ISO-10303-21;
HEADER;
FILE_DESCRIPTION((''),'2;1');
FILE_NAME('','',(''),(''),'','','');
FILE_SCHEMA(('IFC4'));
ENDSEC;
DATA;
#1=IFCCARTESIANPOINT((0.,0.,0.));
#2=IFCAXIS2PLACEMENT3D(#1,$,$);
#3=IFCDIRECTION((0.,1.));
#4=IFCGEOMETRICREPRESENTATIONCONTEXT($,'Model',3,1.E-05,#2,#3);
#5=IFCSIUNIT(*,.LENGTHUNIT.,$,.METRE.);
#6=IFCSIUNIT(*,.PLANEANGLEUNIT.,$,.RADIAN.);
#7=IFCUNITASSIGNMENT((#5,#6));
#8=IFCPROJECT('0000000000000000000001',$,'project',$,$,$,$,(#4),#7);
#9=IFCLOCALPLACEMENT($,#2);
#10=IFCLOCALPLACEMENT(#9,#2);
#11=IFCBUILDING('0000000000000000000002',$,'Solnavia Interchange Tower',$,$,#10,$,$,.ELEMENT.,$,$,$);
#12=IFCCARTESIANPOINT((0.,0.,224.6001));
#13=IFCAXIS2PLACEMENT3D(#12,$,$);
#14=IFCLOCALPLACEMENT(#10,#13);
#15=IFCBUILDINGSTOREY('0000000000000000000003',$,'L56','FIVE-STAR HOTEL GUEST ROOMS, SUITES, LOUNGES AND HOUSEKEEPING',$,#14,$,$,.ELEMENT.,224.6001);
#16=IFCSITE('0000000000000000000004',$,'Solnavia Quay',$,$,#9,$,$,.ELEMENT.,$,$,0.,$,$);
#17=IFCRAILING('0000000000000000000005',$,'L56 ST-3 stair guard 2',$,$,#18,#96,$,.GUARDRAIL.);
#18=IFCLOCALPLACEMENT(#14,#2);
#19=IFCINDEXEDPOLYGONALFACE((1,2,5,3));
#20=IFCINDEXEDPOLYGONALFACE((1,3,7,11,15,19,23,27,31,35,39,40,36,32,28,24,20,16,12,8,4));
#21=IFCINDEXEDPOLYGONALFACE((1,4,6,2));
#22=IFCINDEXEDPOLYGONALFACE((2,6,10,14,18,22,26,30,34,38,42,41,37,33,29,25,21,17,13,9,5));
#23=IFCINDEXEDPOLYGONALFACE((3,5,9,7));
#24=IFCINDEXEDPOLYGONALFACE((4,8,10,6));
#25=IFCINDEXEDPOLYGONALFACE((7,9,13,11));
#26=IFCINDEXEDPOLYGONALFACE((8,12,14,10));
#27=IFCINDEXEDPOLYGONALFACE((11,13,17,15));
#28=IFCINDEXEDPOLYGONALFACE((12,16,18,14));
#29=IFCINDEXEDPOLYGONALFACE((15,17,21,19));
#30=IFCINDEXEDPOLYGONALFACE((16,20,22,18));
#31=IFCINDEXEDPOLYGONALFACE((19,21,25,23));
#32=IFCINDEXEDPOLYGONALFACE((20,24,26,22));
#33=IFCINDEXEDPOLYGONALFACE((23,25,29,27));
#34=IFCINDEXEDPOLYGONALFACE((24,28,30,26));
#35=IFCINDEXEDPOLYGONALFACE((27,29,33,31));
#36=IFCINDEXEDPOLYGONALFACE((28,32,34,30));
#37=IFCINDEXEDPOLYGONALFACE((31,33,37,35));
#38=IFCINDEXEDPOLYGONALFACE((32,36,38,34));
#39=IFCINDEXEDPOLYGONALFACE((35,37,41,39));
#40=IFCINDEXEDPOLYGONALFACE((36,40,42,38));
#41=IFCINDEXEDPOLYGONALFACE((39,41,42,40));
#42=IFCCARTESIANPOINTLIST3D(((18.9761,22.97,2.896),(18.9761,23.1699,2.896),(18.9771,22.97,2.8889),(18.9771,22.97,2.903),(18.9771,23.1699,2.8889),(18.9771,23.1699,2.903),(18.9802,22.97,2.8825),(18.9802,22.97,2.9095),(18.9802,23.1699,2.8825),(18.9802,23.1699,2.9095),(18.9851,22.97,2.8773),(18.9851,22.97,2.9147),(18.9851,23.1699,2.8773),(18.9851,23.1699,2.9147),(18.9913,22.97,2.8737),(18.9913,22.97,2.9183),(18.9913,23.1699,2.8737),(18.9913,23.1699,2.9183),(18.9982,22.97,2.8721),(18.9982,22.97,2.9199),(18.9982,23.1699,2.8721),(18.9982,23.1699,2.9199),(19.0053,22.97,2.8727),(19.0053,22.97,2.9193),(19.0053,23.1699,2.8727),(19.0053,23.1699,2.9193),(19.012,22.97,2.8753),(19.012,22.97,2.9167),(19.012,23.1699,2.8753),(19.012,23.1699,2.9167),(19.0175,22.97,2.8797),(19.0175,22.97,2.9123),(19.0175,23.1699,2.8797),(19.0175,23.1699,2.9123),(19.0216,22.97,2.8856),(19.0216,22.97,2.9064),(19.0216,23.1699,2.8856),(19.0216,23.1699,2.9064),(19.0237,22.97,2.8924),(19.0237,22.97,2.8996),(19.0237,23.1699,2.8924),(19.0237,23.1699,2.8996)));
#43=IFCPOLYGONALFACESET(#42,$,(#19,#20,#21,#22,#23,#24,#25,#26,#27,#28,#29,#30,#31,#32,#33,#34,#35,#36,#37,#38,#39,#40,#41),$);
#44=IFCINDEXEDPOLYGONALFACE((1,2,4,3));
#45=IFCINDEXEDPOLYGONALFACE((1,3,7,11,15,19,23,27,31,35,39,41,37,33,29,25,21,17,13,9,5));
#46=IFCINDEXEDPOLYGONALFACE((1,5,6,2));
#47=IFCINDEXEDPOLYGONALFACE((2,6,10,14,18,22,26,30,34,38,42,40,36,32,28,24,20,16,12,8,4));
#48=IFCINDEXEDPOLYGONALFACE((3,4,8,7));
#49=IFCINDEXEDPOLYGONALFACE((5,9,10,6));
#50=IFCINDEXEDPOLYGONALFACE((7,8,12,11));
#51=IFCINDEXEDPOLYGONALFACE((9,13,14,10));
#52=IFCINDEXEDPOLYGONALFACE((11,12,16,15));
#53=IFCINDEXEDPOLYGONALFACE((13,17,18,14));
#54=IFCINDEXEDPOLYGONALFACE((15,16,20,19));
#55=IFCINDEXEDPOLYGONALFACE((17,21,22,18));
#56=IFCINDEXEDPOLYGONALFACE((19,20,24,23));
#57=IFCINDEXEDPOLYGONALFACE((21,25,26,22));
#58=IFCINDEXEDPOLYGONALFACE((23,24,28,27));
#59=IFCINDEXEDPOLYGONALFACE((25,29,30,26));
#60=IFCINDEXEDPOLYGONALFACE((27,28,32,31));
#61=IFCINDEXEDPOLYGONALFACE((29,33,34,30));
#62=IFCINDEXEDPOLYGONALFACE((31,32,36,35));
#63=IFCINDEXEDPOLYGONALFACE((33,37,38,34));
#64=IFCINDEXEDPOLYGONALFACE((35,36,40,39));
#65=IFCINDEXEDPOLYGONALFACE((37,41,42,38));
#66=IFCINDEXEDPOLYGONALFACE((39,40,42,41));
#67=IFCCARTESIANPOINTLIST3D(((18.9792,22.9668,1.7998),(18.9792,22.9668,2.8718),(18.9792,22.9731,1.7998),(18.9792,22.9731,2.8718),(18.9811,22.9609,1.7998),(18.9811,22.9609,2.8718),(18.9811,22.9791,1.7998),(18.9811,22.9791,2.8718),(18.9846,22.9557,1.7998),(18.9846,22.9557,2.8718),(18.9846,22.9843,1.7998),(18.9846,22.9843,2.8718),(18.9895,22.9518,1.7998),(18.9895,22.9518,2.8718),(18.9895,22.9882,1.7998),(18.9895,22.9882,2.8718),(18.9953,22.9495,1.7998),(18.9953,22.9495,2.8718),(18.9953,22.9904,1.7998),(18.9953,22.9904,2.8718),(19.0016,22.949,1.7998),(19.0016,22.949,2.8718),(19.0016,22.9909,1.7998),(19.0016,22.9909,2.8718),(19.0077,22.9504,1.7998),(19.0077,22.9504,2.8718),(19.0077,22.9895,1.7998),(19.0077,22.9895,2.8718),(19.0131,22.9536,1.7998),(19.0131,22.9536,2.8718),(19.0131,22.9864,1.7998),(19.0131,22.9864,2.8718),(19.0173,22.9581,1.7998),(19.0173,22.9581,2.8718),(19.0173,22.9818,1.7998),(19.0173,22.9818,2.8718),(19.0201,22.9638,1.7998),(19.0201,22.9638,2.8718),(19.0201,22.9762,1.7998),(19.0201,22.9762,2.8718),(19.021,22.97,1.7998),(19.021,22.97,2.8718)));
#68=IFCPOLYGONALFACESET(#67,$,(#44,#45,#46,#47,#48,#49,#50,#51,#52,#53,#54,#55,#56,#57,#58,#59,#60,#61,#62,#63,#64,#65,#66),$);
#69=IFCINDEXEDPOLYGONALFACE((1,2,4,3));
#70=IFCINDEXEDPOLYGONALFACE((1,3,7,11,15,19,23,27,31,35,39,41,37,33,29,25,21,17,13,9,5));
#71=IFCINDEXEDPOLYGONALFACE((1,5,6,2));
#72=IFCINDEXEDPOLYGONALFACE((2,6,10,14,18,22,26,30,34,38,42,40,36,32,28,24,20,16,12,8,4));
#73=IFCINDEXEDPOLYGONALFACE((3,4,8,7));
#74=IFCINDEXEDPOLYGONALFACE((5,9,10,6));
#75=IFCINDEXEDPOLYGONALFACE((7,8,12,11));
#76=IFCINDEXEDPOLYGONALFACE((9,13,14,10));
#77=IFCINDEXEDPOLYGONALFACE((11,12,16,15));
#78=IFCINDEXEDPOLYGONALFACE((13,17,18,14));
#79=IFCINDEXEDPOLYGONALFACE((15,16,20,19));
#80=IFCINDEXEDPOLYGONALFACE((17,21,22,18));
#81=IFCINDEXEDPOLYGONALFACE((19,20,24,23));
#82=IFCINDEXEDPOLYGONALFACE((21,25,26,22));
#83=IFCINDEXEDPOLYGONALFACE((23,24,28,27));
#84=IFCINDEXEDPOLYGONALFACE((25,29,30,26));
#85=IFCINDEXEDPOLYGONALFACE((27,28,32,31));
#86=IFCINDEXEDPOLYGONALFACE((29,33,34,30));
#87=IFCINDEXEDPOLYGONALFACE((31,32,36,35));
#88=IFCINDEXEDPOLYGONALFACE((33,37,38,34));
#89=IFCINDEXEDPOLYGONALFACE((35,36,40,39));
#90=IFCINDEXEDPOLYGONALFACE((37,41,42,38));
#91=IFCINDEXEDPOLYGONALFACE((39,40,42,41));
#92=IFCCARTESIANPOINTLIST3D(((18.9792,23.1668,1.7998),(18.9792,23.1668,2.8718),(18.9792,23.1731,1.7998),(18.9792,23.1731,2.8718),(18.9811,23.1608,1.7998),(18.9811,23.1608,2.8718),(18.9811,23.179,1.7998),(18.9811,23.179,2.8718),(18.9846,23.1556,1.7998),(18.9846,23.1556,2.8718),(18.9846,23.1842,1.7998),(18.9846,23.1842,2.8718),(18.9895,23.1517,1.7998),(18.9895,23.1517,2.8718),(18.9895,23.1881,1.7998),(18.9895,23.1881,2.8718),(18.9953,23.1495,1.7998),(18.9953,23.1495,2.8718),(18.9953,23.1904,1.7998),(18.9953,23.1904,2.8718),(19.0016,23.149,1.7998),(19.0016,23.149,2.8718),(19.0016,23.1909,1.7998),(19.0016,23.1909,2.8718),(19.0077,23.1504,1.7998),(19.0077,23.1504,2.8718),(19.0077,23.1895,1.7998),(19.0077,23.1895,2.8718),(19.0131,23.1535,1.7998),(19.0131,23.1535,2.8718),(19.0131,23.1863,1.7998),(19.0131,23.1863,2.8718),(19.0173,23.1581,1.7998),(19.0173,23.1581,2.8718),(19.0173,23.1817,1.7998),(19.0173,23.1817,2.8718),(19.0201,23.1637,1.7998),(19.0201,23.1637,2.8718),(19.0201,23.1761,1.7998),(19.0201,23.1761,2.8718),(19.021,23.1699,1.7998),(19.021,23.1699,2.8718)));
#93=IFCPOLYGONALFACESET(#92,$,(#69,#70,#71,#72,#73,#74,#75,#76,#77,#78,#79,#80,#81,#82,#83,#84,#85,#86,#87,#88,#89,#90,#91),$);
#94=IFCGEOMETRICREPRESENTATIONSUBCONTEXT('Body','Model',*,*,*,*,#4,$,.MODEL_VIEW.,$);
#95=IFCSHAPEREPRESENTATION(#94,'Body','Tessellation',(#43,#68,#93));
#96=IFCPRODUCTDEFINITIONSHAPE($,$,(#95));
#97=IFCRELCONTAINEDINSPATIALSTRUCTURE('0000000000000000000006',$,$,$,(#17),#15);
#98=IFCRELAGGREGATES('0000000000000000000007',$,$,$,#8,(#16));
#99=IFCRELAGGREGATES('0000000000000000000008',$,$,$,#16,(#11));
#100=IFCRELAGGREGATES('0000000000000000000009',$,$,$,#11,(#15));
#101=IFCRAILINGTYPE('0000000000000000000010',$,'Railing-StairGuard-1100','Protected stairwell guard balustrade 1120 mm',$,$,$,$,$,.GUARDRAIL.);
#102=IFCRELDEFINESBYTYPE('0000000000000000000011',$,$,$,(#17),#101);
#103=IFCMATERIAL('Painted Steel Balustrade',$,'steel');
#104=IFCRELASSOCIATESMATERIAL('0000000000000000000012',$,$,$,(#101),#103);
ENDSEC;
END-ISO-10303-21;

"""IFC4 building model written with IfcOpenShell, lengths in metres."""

from ifc_helpers import new_model, si_unit, direction, frame, origin, origin_2d, place, context, subcontext, project, spatial, circle, extrude, material, type_object, element, save


model = new_model("IFC4")

# Units and contexts
model_context = context("Model", 3, precision=1e-05, world=origin(), true_north=direction((0.0, 1.0)))
body_context = subcontext(model_context, "Body", "Model", "MODEL_VIEW")
ifc_project = project(units=[si_unit("LENGTHUNIT", "METRE"), si_unit("PLANEANGLEUNIT", "RADIAN")], contexts=[model_context])

# Site, building, storey
site_placement = place(None, origin())
site = spatial("IfcSite", under=ifc_project, at=site_placement, Name="Solnavia Quay", CompositionType="ELEMENT", RefElevation=0.0)
building_placement = place(site_placement, origin())
building = spatial("IfcBuilding", under=site, at=building_placement, Name="Solnavia Interchange Tower", CompositionType="ELEMENT")
storey_placement = place(building_placement, frame((0.0, 0.0, 224.6001)))
storey = spatial("IfcBuildingStorey", under=building, at=storey_placement, Name="L56", Description="FIVE-STAR HOTEL GUEST ROOMS, SUITES, LOUNGES AND HOUSEKEEPING", CompositionType="ELEMENT", Elevation=224.6001)

# Railing
ifc_material_1 = material(Name="Painted Steel Balustrade", Category="steel")
railing_type_1 = type_object("IfcRailingType", Name="Railing-StairGuard-1100", Description="Protected stairwell guard balustrade 1120 mm", PredefinedType="GUARDRAIL", material=ifc_material_1)
railing_1_placement = place(storey_placement, frame((19.0, 22.97, 1.7998)))
element("IfcRailing", 1, at=railing_1_placement, inside=storey, type_object=railing_type_1, Name="L56 ST-3 stair guard 2", PredefinedType="GUARDRAIL", context=body_context, shape_type="SweptSolid", body=[
    extrude(circle(Radius=0.0239, at=origin_2d()), frame((0.0, 0.0, 1.0962), z_axis=(0.0, 1.0, 0.0), x_axis=(-1.0, 0.0, 0.0)), (0.0, 0.0, 1.0), 0.2),
    extrude(circle(Radius=0.021, at=origin_2d()), origin(), (0.0, 0.0, 1.0), 1.072),
    extrude(circle(Radius=0.021, at=origin_2d()), frame((0.0, 0.2, 0.0)), (0.0, 0.0, 1.0), 1.072),
])

save(model, "model.ifc")
